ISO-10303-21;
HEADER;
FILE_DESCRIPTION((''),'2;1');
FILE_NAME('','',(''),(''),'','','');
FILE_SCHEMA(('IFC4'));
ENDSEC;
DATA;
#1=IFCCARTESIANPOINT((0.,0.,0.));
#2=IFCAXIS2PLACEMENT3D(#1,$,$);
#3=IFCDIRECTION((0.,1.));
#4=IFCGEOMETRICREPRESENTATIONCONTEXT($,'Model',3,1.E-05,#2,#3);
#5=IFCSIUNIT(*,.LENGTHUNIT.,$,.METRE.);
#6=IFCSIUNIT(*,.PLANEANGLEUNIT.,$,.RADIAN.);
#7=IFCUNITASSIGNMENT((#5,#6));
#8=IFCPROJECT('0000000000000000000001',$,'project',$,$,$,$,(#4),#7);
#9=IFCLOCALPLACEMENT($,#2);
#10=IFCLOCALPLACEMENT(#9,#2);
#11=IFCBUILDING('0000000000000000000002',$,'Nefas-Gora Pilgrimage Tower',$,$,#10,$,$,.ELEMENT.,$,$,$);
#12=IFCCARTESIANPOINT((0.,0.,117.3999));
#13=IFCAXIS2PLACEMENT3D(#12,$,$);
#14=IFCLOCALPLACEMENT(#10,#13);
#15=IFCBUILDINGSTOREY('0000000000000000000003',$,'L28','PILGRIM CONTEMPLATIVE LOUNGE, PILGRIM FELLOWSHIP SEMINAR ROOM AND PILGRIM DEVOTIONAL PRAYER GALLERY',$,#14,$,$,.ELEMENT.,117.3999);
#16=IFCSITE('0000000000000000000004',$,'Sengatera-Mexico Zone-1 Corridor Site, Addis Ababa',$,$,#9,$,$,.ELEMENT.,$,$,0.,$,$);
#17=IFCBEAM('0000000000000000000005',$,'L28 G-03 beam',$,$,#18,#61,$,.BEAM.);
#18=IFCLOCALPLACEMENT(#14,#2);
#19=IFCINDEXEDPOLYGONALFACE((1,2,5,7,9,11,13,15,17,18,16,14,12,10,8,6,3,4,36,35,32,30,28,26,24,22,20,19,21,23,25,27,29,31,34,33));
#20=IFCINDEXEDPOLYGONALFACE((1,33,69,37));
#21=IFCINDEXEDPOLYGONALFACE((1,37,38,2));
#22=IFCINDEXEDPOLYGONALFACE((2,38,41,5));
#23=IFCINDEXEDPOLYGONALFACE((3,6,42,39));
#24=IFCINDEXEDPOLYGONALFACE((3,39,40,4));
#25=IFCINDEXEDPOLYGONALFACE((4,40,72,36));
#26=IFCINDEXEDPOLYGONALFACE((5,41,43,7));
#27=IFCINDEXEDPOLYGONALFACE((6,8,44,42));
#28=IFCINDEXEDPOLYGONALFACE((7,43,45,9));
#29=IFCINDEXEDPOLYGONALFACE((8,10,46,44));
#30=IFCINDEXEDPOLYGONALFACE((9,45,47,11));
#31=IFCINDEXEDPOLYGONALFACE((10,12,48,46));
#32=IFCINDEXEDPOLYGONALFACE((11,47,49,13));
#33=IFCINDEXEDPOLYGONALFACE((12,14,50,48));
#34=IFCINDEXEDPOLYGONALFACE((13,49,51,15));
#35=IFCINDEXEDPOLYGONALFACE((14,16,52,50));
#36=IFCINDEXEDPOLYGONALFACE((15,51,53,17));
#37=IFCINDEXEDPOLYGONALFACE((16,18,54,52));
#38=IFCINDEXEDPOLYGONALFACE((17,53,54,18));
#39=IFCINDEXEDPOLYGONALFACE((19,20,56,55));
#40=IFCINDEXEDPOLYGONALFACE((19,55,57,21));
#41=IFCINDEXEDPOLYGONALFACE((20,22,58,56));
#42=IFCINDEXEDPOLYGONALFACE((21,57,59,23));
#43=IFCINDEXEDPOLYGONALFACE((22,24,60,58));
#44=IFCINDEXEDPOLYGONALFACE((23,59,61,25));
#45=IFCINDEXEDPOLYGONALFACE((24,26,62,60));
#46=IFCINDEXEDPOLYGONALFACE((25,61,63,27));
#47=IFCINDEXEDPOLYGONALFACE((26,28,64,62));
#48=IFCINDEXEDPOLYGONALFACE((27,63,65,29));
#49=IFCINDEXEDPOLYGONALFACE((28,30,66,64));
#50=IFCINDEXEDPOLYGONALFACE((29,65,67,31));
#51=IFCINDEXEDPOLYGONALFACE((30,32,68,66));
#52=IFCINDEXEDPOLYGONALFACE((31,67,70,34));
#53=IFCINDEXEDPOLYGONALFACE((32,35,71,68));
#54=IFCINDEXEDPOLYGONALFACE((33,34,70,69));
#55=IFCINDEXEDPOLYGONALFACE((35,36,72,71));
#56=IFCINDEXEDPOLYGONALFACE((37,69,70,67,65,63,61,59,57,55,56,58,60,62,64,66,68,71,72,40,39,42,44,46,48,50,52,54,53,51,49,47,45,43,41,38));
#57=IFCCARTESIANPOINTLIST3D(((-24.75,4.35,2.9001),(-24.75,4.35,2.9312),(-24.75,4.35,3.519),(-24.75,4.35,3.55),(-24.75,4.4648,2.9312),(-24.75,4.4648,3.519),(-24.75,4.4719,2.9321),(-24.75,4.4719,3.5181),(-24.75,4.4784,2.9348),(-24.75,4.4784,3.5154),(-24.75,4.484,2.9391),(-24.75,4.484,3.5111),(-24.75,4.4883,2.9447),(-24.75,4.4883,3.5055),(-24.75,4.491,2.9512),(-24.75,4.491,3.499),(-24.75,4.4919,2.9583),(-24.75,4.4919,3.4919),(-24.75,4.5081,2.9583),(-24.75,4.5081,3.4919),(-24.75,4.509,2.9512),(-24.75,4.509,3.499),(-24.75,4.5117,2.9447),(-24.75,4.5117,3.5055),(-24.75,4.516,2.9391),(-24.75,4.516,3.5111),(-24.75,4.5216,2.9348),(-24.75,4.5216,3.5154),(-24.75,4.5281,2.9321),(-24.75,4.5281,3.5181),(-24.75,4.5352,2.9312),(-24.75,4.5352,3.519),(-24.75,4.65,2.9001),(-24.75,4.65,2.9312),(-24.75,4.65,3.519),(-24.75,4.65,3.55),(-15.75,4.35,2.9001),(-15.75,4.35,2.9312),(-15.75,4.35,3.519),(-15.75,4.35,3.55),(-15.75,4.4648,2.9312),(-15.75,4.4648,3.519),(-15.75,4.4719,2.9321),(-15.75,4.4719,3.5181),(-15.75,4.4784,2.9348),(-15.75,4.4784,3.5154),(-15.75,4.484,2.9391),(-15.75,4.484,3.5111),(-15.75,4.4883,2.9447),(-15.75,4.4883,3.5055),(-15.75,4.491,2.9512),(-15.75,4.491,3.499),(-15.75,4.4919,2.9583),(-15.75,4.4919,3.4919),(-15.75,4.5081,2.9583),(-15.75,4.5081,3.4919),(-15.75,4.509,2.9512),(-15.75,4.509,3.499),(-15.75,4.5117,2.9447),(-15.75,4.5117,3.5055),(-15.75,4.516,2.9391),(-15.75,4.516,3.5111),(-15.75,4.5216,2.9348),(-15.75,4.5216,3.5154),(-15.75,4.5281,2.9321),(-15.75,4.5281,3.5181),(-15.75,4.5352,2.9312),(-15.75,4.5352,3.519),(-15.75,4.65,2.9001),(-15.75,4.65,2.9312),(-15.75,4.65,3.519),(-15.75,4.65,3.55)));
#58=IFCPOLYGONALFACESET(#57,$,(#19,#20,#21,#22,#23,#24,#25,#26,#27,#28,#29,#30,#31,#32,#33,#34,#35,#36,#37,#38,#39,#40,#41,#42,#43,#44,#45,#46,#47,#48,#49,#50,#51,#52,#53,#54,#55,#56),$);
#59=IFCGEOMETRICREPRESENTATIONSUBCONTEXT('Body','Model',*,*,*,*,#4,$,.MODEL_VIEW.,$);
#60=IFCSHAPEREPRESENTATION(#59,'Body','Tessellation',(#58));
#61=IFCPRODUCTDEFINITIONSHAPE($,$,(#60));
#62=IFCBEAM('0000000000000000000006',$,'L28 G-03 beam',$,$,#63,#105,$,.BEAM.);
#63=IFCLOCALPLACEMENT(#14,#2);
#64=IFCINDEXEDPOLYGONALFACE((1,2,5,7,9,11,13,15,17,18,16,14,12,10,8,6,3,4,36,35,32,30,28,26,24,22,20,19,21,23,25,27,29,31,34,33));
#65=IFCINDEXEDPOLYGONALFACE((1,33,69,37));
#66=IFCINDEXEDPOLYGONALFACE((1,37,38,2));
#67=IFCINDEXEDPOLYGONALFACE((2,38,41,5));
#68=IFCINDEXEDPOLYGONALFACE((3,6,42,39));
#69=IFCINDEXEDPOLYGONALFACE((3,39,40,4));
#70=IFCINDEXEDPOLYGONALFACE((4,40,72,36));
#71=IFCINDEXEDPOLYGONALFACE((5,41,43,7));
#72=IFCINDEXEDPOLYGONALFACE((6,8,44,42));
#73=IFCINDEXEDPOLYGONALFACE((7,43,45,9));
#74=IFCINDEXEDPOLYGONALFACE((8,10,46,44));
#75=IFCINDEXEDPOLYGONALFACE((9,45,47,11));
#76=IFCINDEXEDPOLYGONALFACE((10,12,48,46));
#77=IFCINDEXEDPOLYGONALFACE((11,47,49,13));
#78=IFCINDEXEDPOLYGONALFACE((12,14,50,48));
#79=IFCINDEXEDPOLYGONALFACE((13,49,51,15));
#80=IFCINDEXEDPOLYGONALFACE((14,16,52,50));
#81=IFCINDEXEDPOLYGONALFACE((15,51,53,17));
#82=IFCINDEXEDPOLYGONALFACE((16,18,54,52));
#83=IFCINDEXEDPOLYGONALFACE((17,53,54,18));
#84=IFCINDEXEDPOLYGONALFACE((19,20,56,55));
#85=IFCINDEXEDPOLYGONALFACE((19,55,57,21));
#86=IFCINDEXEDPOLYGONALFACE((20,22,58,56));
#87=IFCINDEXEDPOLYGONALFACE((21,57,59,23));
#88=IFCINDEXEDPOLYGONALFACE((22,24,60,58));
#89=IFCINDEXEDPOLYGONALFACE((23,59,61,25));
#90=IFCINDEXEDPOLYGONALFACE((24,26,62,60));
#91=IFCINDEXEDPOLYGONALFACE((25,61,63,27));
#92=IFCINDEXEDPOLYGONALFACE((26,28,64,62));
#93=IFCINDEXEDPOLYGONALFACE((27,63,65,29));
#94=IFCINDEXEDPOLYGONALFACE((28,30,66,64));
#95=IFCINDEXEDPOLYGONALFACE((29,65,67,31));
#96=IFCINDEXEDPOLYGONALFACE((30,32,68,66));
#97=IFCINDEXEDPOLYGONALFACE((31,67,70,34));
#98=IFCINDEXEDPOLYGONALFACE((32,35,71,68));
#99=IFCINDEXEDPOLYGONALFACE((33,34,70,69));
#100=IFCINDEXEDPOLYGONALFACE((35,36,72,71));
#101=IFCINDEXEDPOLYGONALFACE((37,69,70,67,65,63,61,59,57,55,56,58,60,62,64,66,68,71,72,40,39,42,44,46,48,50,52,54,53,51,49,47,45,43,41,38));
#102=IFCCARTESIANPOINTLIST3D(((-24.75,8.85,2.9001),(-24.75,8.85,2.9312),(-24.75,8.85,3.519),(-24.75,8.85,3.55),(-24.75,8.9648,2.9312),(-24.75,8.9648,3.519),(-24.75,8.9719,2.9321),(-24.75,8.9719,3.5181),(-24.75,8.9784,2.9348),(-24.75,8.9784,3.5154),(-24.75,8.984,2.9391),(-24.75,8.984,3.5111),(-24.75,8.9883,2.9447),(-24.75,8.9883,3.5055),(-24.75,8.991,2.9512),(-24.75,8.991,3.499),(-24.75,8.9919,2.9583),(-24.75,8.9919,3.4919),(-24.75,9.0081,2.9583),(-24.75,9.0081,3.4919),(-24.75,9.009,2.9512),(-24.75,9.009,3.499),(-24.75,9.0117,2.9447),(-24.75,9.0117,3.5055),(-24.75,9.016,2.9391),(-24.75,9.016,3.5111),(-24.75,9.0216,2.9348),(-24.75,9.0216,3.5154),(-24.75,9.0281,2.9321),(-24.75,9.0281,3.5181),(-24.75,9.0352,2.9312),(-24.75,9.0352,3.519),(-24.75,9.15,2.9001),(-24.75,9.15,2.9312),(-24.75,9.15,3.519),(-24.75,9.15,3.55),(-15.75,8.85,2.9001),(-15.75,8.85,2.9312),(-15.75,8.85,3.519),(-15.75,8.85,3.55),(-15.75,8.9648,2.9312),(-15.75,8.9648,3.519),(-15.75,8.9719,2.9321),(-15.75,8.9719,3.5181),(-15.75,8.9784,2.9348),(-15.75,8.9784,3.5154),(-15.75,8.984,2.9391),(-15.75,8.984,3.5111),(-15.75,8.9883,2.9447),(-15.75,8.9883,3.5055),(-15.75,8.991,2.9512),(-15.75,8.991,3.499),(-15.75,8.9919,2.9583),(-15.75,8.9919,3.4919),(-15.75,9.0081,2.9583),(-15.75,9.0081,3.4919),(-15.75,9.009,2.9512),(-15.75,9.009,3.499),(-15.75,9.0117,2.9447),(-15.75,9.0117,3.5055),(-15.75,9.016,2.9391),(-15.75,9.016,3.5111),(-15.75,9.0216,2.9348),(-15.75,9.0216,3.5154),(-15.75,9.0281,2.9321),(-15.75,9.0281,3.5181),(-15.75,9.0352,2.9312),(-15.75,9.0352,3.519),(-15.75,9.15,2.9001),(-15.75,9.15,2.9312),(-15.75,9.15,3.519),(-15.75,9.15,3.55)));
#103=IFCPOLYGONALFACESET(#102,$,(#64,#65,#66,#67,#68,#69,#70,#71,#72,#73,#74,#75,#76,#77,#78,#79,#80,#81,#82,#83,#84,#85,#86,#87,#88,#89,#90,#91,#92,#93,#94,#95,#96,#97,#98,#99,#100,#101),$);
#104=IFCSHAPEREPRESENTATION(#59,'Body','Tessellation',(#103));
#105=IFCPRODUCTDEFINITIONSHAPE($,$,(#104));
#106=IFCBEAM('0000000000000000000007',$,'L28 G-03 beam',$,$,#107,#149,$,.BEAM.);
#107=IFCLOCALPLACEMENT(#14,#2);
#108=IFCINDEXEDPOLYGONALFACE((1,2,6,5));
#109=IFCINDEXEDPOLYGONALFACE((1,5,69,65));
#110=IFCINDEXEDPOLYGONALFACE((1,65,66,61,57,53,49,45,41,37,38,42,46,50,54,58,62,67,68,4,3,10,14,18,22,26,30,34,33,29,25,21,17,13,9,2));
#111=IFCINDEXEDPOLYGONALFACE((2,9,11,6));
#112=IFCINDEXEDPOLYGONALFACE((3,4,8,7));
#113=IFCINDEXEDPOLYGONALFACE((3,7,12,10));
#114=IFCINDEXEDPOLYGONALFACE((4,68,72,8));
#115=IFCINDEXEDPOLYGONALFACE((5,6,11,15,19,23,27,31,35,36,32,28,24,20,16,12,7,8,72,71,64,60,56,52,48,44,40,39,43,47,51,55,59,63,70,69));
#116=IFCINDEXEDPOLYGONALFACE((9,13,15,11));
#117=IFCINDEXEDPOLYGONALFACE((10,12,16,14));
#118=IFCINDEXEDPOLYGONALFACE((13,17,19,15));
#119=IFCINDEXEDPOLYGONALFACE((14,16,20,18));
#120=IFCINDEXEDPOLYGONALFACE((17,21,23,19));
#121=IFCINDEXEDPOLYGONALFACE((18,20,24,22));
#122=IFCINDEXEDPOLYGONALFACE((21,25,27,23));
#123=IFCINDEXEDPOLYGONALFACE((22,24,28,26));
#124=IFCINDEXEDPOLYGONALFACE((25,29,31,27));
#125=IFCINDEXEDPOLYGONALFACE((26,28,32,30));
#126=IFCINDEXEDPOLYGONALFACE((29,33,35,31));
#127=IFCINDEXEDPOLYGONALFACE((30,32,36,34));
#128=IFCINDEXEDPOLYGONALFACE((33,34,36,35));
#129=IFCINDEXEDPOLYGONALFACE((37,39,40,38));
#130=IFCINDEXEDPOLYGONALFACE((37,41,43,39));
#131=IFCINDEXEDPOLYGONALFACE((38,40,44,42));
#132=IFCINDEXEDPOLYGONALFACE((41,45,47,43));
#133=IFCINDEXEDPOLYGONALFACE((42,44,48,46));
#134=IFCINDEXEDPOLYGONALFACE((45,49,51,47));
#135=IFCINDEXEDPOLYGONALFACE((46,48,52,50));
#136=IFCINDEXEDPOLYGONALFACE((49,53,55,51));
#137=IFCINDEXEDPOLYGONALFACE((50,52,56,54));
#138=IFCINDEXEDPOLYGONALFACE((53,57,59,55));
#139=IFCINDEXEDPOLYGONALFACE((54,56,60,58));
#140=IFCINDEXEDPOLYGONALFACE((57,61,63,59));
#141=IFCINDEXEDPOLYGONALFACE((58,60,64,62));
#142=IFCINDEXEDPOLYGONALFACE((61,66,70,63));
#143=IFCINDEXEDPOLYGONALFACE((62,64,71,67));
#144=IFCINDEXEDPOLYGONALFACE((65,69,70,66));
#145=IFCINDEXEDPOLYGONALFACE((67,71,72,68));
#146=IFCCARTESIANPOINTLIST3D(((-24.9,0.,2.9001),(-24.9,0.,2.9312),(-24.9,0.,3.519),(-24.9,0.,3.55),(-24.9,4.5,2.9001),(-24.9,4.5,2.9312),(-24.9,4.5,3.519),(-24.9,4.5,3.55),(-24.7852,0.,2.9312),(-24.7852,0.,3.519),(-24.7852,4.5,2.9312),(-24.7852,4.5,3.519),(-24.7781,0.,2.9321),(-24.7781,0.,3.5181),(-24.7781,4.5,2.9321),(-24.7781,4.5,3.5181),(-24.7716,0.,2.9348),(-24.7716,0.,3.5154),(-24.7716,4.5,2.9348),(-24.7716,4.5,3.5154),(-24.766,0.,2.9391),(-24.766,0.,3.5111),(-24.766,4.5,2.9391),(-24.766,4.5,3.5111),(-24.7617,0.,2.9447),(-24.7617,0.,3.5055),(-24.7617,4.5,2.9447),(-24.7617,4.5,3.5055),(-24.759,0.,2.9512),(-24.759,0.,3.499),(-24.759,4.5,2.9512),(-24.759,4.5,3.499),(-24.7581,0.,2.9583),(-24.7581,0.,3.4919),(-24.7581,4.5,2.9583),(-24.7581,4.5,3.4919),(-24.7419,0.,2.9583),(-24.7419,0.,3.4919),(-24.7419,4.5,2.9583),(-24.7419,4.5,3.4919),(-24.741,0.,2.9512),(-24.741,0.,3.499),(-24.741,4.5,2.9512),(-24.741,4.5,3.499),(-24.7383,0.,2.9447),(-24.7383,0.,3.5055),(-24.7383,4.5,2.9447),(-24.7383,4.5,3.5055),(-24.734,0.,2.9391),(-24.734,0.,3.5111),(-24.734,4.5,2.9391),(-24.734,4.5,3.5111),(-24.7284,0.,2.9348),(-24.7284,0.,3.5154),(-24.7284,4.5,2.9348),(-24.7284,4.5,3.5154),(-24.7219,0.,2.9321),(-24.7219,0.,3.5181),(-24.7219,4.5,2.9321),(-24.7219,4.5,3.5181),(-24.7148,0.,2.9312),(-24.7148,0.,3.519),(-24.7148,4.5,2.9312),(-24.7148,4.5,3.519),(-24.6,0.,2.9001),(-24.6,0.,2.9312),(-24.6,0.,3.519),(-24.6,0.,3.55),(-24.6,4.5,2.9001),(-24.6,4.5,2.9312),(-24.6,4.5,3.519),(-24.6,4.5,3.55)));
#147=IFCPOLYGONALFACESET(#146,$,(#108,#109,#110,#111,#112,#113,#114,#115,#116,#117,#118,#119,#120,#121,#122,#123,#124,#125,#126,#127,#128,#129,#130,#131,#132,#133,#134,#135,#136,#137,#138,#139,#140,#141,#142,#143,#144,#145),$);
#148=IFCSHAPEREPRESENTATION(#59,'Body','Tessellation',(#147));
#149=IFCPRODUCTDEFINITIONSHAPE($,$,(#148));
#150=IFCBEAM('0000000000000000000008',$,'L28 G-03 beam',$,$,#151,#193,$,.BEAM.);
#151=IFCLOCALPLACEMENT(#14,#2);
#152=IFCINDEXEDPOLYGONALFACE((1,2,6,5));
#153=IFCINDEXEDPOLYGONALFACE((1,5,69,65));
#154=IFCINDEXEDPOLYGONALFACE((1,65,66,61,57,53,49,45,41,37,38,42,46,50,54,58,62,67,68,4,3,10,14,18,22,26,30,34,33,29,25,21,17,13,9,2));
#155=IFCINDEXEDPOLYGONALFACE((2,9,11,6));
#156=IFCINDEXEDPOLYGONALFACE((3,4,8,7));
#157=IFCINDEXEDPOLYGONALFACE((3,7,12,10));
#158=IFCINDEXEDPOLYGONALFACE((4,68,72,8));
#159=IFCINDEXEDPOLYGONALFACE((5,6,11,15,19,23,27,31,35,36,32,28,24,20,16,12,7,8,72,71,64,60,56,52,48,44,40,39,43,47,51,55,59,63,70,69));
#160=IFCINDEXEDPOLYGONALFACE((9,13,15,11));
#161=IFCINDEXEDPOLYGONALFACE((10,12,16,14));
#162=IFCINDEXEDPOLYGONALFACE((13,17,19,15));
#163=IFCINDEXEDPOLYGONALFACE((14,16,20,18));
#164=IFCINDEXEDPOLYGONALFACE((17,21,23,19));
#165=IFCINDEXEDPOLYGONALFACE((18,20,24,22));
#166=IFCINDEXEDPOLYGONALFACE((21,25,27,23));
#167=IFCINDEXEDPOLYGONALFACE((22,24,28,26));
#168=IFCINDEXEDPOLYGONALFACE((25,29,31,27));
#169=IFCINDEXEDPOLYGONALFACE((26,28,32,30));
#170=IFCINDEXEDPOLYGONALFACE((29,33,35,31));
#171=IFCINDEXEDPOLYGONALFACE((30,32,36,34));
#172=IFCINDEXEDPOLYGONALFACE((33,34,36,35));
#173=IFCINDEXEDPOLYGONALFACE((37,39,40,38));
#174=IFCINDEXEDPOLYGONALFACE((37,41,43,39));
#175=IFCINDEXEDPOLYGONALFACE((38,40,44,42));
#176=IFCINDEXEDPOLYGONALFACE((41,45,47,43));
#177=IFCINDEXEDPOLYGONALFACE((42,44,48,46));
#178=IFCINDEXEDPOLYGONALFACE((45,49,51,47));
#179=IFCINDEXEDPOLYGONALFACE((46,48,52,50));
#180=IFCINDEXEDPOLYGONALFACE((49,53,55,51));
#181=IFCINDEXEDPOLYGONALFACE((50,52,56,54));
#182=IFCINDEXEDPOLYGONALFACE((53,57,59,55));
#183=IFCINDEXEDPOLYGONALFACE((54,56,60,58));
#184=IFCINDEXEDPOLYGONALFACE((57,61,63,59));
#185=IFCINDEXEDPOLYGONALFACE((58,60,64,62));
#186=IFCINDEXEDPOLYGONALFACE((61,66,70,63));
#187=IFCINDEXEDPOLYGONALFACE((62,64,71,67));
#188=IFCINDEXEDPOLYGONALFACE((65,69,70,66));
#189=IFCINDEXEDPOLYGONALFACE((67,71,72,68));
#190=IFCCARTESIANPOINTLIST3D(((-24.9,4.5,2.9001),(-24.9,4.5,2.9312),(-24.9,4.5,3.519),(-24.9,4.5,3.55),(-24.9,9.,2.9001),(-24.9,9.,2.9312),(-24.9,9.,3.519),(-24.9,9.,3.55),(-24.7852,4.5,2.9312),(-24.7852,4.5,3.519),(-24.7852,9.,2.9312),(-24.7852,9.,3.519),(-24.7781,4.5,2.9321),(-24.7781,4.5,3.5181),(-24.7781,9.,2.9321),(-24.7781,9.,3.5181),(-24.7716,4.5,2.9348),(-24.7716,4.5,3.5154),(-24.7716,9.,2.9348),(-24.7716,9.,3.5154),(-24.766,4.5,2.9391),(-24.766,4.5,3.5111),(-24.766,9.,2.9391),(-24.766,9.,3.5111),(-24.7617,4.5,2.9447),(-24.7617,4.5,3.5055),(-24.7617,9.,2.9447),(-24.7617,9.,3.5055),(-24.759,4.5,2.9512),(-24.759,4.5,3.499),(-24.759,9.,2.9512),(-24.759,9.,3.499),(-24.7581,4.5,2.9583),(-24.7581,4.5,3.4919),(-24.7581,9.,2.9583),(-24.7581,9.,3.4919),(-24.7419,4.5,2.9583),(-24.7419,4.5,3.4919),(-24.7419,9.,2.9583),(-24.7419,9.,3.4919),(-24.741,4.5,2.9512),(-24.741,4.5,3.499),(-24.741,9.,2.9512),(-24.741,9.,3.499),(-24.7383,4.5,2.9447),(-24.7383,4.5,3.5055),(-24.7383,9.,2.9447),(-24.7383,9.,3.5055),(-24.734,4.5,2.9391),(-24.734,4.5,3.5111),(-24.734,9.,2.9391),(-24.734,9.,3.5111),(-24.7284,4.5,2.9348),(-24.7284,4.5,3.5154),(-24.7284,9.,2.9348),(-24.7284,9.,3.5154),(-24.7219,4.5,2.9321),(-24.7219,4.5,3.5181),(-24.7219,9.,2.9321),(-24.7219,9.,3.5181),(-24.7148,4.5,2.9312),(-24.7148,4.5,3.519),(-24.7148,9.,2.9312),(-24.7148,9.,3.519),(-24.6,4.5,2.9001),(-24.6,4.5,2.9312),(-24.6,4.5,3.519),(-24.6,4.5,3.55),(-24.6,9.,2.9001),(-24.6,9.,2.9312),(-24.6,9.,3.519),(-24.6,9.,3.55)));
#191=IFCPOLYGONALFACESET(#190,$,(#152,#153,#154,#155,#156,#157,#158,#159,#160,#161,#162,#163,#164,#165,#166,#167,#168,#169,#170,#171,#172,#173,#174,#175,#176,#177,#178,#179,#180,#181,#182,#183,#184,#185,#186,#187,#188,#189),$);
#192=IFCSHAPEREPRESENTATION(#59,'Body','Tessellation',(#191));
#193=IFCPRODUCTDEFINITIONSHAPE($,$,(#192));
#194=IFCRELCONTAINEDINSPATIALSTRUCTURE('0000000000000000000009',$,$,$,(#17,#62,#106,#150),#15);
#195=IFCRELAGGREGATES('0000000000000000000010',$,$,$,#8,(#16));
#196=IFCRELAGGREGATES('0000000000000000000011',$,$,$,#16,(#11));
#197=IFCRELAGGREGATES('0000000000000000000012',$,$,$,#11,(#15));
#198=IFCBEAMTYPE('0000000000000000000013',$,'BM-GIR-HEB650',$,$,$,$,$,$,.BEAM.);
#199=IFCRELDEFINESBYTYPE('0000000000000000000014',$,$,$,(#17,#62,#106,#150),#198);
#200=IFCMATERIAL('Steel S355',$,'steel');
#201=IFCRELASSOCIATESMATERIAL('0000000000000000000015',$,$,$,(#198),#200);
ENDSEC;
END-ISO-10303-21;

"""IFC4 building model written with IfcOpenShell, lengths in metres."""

from ifc_helpers import new_model, si_unit, direction, frame, origin, origin_2d, place, context, subcontext, project, spatial, i_section, extrude, source, transform, mapped, material, material_profile, profile_set, type_object, element, save


model = new_model("IFC4")

# Units and contexts
model_context = context("Model", 3, precision=1e-05, world=origin(), true_north=direction((0.0, 1.0)))
body_context = subcontext(model_context, "Body", "Model", "MODEL_VIEW")
ifc_project = project(units=[si_unit("LENGTHUNIT", "METRE"), si_unit("PLANEANGLEUNIT", "RADIAN")], contexts=[model_context])

# Site, building, storey
site_placement = place(None, origin())
site = spatial("IfcSite", under=ifc_project, at=site_placement, Name="Sengatera-Mexico Zone-1 Corridor Site, Addis Ababa", CompositionType="ELEMENT", RefElevation=0.0)
building_placement = place(site_placement, origin())
building = spatial("IfcBuilding", under=site, at=building_placement, Name="Nefas-Gora Pilgrimage Tower", CompositionType="ELEMENT")
storey_placement = place(building_placement, frame((0.0, 0.0, 117.3999)))
storey = spatial("IfcBuildingStorey", under=building, at=storey_placement, Name="L28", Description="PILGRIM CONTEMPLATIVE LOUNGE, PILGRIM FELLOWSHIP SEMINAR ROOM AND PILGRIM DEVOTIONAL PRAYER GALLERY", CompositionType="ELEMENT", Elevation=117.3999)

# Beams
ifc_material_1 = material(Name="Steel S355", Category="steel")
ifc_material_profile_1 = material_profile(ifc_material_1, i_section(OverallWidth=0.3, OverallDepth=0.6499, WebThickness=0.0161, FlangeThickness=0.031, FilletRadius=0.0271, at=origin_2d()), Name="HEB 650")
ifc_profile_set_1 = profile_set([ifc_material_profile_1], Name="Steel S355")
beam_type_1 = type_object("IfcBeamType", Name="BM-GIR-HEB650", PredefinedType="BEAM", material=ifc_profile_set_1)
shared_shape_1 = source(origin(), body_context, "Body", "SweptSolid", [
    extrude(i_section(OverallWidth=0.3, OverallDepth=0.6499, WebThickness=0.0161, FlangeThickness=0.031, FilletRadius=0.0271, at=origin_2d()), origin(), (0.0, 0.0, 1.0), 9.0),
])
for number, where, z_axis, x_axis, name in (
    (1, (-24.75, 4.5, 3.2251), (1.0, 0.0, 0.0), (0.0, 1.0, 0.0), "L28 G-03 beam"),
    (2, (-24.75, 9.0, 3.2251), (1.0, 0.0, 0.0), (0.0, 1.0, 0.0), "L28 G-03 beam"),
):
    element("IfcBeam", number, at=place(storey_placement, frame(where, z_axis=z_axis, x_axis=x_axis)), inside=storey, type_object=beam_type_1, Name=name, PredefinedType="BEAM", context=body_context, shape_type="MappedRepresentation", body=[
        mapped(shared_shape_1, transform((0.0, 0.0, 0.0), x_axis=(1.0, 0.0, 0.0), y_axis=(0.0, 1.0, 0.0), z_axis=(0.0, 0.0, 1.0), scale=1.0)),
    ])
shared_shape_2 = source(origin(), body_context, "Body", "SweptSolid", [
    extrude(i_section(OverallWidth=0.3, OverallDepth=0.6499, WebThickness=0.0161, FlangeThickness=0.031, FilletRadius=0.0271, at=origin_2d()), origin(), (0.0, 0.0, 1.0), 4.5),
])
for number, where, z_axis, x_axis, name in (
    (3, (-24.75, 0.0, 3.2251), (0.0, 1.0, 0.0), (-1.0, 0.0, 0.0), "L28 G-03 beam"),
    (4, (-24.75, 4.5, 3.2251), (0.0, 1.0, 0.0), (-1.0, 0.0, 0.0), "L28 G-03 beam"),
):
    element("IfcBeam", number, at=place(storey_placement, frame(where, z_axis=z_axis, x_axis=x_axis)), inside=storey, type_object=beam_type_1, Name=name, PredefinedType="BEAM", context=body_context, shape_type="MappedRepresentation", body=[
        mapped(shared_shape_2, transform((0.0, 0.0, 0.0), x_axis=(1.0, 0.0, 0.0), y_axis=(0.0, 1.0, 0.0), z_axis=(0.0, 0.0, 1.0), scale=1.0)),
    ])

save(model, "model.ifc")
